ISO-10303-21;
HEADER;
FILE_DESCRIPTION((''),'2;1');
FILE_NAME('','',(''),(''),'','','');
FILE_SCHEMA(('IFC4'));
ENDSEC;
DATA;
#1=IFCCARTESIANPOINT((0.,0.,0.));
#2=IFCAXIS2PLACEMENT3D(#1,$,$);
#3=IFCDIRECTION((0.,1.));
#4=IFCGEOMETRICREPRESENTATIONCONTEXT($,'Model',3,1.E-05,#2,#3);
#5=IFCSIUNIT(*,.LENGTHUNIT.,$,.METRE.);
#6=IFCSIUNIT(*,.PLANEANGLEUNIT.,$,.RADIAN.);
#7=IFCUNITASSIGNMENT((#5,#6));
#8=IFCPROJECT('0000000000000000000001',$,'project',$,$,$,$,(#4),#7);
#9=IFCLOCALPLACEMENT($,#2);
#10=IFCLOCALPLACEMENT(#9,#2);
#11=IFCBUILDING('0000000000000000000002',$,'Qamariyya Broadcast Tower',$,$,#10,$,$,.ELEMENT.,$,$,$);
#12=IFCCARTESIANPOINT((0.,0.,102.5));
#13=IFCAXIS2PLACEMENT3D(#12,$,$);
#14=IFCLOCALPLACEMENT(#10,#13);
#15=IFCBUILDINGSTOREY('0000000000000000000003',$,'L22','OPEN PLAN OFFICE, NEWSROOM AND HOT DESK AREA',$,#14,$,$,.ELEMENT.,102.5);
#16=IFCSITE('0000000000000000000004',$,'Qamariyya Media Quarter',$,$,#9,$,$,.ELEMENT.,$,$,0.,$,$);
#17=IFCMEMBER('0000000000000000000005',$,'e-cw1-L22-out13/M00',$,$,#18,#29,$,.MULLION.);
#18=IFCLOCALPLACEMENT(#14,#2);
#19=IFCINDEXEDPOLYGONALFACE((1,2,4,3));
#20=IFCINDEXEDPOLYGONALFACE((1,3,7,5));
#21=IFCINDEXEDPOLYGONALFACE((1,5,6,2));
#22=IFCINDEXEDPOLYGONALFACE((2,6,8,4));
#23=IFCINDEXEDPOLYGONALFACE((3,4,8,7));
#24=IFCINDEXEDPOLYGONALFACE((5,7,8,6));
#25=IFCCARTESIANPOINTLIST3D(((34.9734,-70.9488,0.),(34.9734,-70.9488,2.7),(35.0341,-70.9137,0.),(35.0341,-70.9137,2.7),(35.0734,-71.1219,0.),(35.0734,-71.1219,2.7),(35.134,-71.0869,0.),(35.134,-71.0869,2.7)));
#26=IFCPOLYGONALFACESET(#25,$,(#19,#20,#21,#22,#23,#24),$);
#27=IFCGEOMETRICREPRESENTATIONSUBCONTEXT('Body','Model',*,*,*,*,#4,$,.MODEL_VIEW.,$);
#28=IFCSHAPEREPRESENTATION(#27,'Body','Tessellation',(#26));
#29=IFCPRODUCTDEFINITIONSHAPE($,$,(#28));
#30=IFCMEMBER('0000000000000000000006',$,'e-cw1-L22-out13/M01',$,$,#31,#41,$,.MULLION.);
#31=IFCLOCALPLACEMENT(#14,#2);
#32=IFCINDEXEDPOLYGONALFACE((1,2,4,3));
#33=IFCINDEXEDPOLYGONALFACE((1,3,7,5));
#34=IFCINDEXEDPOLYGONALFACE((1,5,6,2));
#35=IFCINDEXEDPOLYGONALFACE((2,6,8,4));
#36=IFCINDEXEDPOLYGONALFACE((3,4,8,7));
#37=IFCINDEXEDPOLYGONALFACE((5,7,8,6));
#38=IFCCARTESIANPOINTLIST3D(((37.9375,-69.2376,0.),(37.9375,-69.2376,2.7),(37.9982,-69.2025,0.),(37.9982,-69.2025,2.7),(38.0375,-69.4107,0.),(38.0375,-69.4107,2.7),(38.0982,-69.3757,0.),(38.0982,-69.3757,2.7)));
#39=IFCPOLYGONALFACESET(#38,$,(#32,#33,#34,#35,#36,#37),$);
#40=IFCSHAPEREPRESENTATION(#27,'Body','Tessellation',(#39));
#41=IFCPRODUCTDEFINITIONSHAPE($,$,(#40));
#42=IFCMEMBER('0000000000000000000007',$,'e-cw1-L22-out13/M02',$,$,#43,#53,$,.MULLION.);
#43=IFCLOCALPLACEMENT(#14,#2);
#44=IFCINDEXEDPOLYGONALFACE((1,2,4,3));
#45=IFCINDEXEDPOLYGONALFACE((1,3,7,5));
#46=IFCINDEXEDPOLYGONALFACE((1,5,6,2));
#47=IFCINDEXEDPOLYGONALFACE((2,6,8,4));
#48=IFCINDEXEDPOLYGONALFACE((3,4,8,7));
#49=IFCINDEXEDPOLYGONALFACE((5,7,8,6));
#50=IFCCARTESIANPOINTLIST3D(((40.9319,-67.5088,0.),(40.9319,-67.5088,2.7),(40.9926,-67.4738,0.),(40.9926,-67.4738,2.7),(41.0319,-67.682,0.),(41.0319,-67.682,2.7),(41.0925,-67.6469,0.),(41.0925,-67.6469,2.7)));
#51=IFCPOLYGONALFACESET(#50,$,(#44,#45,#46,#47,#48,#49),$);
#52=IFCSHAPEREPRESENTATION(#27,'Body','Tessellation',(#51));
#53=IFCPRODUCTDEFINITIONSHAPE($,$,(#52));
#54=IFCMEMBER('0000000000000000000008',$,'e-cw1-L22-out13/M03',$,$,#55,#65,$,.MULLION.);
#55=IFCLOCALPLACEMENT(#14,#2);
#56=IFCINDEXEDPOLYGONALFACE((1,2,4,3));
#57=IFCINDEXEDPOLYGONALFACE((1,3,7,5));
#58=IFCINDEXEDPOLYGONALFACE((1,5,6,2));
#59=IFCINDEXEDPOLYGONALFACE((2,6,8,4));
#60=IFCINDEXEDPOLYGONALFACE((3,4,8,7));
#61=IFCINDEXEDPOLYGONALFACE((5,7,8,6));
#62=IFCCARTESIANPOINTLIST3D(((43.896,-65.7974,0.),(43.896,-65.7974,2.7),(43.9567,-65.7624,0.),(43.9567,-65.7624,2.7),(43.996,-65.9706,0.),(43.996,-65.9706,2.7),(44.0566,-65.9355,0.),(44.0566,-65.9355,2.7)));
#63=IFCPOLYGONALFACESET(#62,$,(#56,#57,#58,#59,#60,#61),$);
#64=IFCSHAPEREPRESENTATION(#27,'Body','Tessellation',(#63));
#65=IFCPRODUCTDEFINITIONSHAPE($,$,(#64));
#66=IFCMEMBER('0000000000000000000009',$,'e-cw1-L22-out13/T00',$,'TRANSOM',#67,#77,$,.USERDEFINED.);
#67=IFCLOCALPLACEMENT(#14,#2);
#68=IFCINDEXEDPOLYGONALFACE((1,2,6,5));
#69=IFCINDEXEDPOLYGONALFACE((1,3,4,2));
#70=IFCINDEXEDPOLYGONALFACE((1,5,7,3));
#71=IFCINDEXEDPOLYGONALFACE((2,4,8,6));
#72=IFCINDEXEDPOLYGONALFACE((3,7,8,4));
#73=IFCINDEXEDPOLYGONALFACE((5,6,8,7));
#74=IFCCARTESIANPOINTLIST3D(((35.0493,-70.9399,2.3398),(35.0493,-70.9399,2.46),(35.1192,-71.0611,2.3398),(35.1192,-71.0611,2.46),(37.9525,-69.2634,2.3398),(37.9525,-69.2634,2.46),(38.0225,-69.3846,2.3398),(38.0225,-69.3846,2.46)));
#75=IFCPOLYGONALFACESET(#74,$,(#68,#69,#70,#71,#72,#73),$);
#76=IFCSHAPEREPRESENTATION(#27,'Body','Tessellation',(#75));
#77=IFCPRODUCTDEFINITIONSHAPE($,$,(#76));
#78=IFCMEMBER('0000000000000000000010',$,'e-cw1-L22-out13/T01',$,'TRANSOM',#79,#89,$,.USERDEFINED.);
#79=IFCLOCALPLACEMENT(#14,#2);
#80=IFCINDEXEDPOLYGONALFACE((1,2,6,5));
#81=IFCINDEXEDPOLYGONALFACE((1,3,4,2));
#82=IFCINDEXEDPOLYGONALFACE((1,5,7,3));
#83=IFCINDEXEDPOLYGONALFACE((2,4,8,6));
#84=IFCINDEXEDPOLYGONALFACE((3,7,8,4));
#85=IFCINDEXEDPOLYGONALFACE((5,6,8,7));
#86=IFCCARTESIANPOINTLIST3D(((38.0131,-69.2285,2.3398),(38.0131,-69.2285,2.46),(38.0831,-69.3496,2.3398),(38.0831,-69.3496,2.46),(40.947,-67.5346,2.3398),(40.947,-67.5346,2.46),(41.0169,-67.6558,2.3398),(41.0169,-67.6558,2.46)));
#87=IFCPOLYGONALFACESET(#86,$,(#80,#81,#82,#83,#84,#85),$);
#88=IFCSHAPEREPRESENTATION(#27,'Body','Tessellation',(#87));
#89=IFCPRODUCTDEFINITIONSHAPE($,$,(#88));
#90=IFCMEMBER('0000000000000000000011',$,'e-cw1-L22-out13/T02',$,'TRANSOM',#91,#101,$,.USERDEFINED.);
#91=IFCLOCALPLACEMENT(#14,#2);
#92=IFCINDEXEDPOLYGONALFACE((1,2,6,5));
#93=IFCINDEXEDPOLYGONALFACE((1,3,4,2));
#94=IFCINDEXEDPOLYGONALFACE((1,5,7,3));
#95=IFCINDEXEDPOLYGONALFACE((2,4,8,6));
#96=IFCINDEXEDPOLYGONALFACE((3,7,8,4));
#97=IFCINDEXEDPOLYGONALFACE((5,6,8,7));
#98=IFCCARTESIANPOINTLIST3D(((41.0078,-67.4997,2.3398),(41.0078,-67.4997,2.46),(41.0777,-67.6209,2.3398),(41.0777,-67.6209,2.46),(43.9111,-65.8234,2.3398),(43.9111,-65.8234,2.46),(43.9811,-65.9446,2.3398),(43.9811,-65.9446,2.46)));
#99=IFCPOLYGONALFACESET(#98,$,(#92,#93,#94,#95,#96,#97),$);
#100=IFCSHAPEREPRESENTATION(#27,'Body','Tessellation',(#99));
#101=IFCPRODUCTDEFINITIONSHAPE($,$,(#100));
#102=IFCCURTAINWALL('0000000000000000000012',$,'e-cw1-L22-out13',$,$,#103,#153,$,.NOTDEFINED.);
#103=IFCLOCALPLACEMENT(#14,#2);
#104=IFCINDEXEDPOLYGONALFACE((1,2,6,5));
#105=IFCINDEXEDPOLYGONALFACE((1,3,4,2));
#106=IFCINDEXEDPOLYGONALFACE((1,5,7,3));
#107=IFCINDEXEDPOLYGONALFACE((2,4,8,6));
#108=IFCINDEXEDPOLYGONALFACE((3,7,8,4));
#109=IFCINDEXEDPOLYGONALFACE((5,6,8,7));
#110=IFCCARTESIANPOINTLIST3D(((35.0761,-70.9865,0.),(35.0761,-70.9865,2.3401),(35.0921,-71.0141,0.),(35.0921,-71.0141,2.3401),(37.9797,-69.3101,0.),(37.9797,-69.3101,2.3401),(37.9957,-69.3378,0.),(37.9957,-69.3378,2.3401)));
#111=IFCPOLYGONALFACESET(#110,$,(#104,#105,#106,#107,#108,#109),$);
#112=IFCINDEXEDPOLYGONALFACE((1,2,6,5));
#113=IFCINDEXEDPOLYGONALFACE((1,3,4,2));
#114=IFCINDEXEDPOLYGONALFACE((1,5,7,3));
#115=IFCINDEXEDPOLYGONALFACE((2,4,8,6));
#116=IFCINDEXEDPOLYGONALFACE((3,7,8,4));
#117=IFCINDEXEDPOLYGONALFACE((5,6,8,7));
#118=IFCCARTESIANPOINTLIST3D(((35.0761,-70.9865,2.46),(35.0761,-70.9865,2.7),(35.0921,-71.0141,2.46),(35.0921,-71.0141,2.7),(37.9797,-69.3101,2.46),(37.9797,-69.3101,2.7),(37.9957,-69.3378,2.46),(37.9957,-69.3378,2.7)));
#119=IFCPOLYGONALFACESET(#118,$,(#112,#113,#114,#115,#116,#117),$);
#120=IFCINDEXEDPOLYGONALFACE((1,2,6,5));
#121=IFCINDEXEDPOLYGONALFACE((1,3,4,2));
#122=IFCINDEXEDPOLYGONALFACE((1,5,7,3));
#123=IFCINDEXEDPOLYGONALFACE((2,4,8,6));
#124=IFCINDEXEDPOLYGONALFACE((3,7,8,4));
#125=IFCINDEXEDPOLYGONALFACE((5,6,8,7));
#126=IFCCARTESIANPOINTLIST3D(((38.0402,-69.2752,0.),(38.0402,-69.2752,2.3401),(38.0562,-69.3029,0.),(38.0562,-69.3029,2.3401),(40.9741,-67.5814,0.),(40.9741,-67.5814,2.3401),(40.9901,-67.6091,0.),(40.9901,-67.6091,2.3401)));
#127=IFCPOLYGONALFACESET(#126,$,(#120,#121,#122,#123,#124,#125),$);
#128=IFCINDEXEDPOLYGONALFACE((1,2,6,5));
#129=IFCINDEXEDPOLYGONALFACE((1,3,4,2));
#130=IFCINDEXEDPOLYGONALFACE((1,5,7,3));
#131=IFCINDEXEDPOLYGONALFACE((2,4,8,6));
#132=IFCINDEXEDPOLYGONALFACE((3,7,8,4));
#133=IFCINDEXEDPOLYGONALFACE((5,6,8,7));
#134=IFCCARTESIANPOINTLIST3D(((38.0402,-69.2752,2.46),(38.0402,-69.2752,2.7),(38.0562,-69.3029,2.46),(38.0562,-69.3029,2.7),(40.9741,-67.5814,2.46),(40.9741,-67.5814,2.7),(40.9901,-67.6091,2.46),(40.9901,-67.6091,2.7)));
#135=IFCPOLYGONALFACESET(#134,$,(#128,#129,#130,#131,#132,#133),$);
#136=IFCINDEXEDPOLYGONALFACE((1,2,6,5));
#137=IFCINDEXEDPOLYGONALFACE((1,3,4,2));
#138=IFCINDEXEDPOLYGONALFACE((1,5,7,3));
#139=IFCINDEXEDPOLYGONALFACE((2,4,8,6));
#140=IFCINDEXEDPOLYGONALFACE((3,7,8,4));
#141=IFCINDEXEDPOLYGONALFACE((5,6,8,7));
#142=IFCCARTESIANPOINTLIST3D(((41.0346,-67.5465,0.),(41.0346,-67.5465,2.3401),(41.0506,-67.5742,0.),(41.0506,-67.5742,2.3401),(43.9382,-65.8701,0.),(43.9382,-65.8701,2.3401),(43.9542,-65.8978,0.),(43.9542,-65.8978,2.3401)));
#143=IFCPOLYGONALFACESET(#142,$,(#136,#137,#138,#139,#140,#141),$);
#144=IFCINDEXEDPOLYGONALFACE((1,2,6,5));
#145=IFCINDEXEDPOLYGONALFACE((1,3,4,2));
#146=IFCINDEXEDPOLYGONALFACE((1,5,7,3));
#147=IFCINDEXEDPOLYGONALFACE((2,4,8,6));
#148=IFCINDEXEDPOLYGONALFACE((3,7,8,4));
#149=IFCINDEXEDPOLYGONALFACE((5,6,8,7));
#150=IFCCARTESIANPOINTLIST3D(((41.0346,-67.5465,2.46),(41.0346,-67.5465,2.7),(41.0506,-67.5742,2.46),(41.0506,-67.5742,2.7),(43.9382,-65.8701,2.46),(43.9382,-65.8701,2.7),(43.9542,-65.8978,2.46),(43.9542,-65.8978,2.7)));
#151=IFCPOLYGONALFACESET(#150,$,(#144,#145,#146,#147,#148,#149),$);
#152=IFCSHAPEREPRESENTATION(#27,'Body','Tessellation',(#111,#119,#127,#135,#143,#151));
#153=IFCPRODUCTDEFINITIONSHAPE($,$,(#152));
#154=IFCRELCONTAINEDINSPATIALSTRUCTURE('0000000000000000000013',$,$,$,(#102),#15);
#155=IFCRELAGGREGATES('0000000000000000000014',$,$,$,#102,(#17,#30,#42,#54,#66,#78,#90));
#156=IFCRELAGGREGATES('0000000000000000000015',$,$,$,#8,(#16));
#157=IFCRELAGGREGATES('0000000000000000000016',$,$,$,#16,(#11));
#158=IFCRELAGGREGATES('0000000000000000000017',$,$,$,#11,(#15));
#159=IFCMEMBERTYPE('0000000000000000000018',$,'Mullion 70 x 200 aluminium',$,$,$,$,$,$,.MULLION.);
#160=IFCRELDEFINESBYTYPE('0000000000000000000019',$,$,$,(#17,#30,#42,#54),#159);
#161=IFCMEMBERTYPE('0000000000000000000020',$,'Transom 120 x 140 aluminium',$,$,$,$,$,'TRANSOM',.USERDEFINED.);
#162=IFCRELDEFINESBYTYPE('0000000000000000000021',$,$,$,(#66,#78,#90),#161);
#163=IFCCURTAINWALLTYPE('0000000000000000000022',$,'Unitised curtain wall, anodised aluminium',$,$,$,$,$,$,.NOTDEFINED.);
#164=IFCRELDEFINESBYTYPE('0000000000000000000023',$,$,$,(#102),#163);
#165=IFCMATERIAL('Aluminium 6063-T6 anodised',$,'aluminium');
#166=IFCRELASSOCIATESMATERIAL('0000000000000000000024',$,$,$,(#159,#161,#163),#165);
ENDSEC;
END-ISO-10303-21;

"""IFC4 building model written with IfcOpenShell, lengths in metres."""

from ifc_helpers import new_model, si_unit, direction, frame, origin, origin_2d, place, context, subcontext, project, spatial, rectangle, extrude, material, material_profile, profile_set, type_object, element, aggregate, save


model = new_model("IFC4")

# Units and contexts
model_context = context("Model", 3, precision=1e-05, world=origin(), true_north=direction((0.0, 1.0)))
body_context = subcontext(model_context, "Body", "Model", "MODEL_VIEW")
ifc_project = project(units=[si_unit("LENGTHUNIT", "METRE"), si_unit("PLANEANGLEUNIT", "RADIAN")], contexts=[model_context])

# Members
ifc_material = material(Name="Aluminium 6063-T6 anodised", Category="aluminium")
ifc_material_profile_1 = material_profile(ifc_material, rectangle(XDim=0.2, YDim=0.0701, at=origin_2d()))
ifc_profile_set_1 = profile_set([ifc_material_profile_1], Name="Aluminium 6063-T6 anodised")
member_type_1 = type_object("IfcMemberType", Name="Mullion 70 x 200 aluminium", PredefinedType="MULLION", material=ifc_profile_set_1)
site_placement = place(None, origin())
building_placement = place(site_placement, origin())
storey_placement = place(building_placement, frame((0.0, 0.0, 102.5)))
member_1_placement = place(storey_placement, frame((35.0537, -71.0178, 0.0), z_axis=(0.0, 0.0, 1.0), x_axis=(-0.5, 0.866025, 0.0)))
member_1 = element("IfcMember", 1, at=member_1_placement, type_object=member_type_1, Name="e-cw1-L22-out13/M00", PredefinedType="MULLION", context=body_context, shape_type="SweptSolid", body=[
    extrude(rectangle(XDim=0.2, YDim=0.0701, at=origin_2d()), origin(), (0.0, 0.0, 1.0), 2.7),
])
member_2_placement = place(storey_placement, frame((38.0178, -69.3066, 0.0), z_axis=(0.0, 0.0, 1.0), x_axis=(-0.5, 0.866025, 0.0)))
member_2 = element("IfcMember", 2, at=member_2_placement, type_object=member_type_1, Name="e-cw1-L22-out13/M01", PredefinedType="MULLION", context=body_context, shape_type="SweptSolid", body=[
    extrude(rectangle(XDim=0.2, YDim=0.0701, at=origin_2d()), origin(), (0.0, 0.0, 1.0), 2.7),
])
member_3_placement = place(storey_placement, frame((41.0122, -67.5779, 0.0), z_axis=(0.0, 0.0, 1.0), x_axis=(-0.5, 0.866025, 0.0)))
member_3 = element("IfcMember", 3, at=member_3_placement, type_object=member_type_1, Name="e-cw1-L22-out13/M02", PredefinedType="MULLION", context=body_context, shape_type="SweptSolid", body=[
    extrude(rectangle(XDim=0.2, YDim=0.0701, at=origin_2d()), origin(), (0.0, 0.0, 1.0), 2.7),
])
member_4_placement = place(storey_placement, frame((43.9763, -65.8665, 0.0), z_axis=(0.0, 0.0, 1.0), x_axis=(-0.5, 0.866025, 0.0)))
member_4 = element("IfcMember", 4, at=member_4_placement, type_object=member_type_1, Name="e-cw1-L22-out13/M03", PredefinedType="MULLION", context=body_context, shape_type="SweptSolid", body=[
    extrude(rectangle(XDim=0.2, YDim=0.0701, at=origin_2d()), origin(), (0.0, 0.0, 1.0), 2.7),
])
ifc_material_profile_2 = material_profile(ifc_material, rectangle(XDim=0.1399, YDim=0.1201, at=origin_2d()))
ifc_profile_set_2 = profile_set([ifc_material_profile_2], Name="Aluminium 6063-T6 anodised")
member_type_2 = type_object("IfcMemberType", Name="Transom 120 x 140 aluminium", ElementType="TRANSOM", PredefinedType="USERDEFINED", material=ifc_profile_set_2)
member_5_placement = place(storey_placement, frame((35.0842, -71.0005, 2.3999), z_axis=(0.865989, 0.500063, 0.0), x_axis=(-0.500063, 0.865989, 0.0)))
member_5 = element("IfcMember", 5, at=member_5_placement, type_object=member_type_2, Name="e-cw1-L22-out13/T00", ObjectType="TRANSOM", PredefinedType="USERDEFINED", context=body_context, shape_type="SweptSolid", body=[
    extrude(rectangle(XDim=0.1399, YDim=0.1201, at=origin_2d()), origin(), (0.0, 0.0, 1.0), 3.3525),
])
member_6_placement = place(storey_placement, frame((38.0481, -69.2891, 2.3999), z_axis=(0.866026, 0.499999, 0.0), x_axis=(-0.499999, 0.866026, 0.0)))
member_6 = element("IfcMember", 6, at=member_6_placement, type_object=member_type_2, Name="e-cw1-L22-out13/T01", ObjectType="TRANSOM", PredefinedType="USERDEFINED", context=body_context, shape_type="SweptSolid", body=[
    extrude(rectangle(XDim=0.1399, YDim=0.1201, at=origin_2d()), origin(), (0.0, 0.0, 1.0), 3.3877),
])
member_7_placement = place(storey_placement, frame((41.0427, -67.5603, 2.3999), z_axis=(0.866021, 0.500008, 0.0), x_axis=(-0.500008, 0.866021, 0.0)))
member_7 = element("IfcMember", 7, at=member_7_placement, type_object=member_type_2, Name="e-cw1-L22-out13/T02", ObjectType="TRANSOM", PredefinedType="USERDEFINED", context=body_context, shape_type="SweptSolid", body=[
    extrude(rectangle(XDim=0.1399, YDim=0.1201, at=origin_2d()), origin(), (0.0, 0.0, 1.0), 3.3525),
])

# Site, building, storey
site = spatial("IfcSite", under=ifc_project, at=site_placement, Name="Qamariyya Media Quarter", CompositionType="ELEMENT", RefElevation=0.0)
building = spatial("IfcBuilding", under=site, at=building_placement, Name="Qamariyya Broadcast Tower", CompositionType="ELEMENT")
storey = spatial("IfcBuildingStorey", under=building, at=storey_placement, Name="L22", Description="OPEN PLAN OFFICE, NEWSROOM AND HOT DESK AREA", CompositionType="ELEMENT", Elevation=102.5)

# Curtain wall
curtain_wall_type = type_object("IfcCurtainWallType", Name="Unitised curtain wall, anodised aluminium", PredefinedType="NOTDEFINED", material=ifc_material)
curtain_wall_1_placement = place(storey_placement, origin())
curtain_wall_1 = element("IfcCurtainWall", 8, at=curtain_wall_1_placement, inside=storey, type_object=curtain_wall_type, Name="e-cw1-L22-out13", PredefinedType="NOTDEFINED", context=body_context, shape_type="SweptSolid", body=[
    extrude(rectangle(XDim=3.3528, YDim=0.032, at=origin_2d()), frame((36.5359, -70.1621, 0.0), x_axis=(0.866027, 0.499997, 0.0)), (0.0, 0.0, 1.0), 2.3401),
    extrude(rectangle(XDim=3.3528, YDim=0.032, at=origin_2d()), frame((36.5359, -70.1621, 2.46), x_axis=(0.866027, 0.499997, 0.0)), (0.0, 0.0, 1.0), 0.24),
    extrude(rectangle(XDim=3.3877, YDim=0.032, at=origin_2d()), frame((39.5151, -68.4421, 0.0), x_axis=(0.866027, 0.499997, 0.0)), (0.0, 0.0, 1.0), 2.3401),
    extrude(rectangle(XDim=3.3877, YDim=0.032, at=origin_2d()), frame((39.5151, -68.4421, 2.46), x_axis=(0.866027, 0.499997, 0.0)), (0.0, 0.0, 1.0), 0.24),
    extrude(rectangle(XDim=3.3528, YDim=0.032, at=origin_2d()), frame((42.4944, -66.7222, 0.0), x_axis=(0.866027, 0.499997, 0.0)), (0.0, 0.0, 1.0), 2.3401),
    extrude(rectangle(XDim=3.3528, YDim=0.032, at=origin_2d()), frame((42.4944, -66.7222, 2.46), x_axis=(0.866027, 0.499997, 0.0)), (0.0, 0.0, 1.0), 0.24),
])
aggregate(curtain_wall_1, [member_1, member_2, member_3, member_4, member_5, member_6, member_7])

save(model, "model.ifc")
